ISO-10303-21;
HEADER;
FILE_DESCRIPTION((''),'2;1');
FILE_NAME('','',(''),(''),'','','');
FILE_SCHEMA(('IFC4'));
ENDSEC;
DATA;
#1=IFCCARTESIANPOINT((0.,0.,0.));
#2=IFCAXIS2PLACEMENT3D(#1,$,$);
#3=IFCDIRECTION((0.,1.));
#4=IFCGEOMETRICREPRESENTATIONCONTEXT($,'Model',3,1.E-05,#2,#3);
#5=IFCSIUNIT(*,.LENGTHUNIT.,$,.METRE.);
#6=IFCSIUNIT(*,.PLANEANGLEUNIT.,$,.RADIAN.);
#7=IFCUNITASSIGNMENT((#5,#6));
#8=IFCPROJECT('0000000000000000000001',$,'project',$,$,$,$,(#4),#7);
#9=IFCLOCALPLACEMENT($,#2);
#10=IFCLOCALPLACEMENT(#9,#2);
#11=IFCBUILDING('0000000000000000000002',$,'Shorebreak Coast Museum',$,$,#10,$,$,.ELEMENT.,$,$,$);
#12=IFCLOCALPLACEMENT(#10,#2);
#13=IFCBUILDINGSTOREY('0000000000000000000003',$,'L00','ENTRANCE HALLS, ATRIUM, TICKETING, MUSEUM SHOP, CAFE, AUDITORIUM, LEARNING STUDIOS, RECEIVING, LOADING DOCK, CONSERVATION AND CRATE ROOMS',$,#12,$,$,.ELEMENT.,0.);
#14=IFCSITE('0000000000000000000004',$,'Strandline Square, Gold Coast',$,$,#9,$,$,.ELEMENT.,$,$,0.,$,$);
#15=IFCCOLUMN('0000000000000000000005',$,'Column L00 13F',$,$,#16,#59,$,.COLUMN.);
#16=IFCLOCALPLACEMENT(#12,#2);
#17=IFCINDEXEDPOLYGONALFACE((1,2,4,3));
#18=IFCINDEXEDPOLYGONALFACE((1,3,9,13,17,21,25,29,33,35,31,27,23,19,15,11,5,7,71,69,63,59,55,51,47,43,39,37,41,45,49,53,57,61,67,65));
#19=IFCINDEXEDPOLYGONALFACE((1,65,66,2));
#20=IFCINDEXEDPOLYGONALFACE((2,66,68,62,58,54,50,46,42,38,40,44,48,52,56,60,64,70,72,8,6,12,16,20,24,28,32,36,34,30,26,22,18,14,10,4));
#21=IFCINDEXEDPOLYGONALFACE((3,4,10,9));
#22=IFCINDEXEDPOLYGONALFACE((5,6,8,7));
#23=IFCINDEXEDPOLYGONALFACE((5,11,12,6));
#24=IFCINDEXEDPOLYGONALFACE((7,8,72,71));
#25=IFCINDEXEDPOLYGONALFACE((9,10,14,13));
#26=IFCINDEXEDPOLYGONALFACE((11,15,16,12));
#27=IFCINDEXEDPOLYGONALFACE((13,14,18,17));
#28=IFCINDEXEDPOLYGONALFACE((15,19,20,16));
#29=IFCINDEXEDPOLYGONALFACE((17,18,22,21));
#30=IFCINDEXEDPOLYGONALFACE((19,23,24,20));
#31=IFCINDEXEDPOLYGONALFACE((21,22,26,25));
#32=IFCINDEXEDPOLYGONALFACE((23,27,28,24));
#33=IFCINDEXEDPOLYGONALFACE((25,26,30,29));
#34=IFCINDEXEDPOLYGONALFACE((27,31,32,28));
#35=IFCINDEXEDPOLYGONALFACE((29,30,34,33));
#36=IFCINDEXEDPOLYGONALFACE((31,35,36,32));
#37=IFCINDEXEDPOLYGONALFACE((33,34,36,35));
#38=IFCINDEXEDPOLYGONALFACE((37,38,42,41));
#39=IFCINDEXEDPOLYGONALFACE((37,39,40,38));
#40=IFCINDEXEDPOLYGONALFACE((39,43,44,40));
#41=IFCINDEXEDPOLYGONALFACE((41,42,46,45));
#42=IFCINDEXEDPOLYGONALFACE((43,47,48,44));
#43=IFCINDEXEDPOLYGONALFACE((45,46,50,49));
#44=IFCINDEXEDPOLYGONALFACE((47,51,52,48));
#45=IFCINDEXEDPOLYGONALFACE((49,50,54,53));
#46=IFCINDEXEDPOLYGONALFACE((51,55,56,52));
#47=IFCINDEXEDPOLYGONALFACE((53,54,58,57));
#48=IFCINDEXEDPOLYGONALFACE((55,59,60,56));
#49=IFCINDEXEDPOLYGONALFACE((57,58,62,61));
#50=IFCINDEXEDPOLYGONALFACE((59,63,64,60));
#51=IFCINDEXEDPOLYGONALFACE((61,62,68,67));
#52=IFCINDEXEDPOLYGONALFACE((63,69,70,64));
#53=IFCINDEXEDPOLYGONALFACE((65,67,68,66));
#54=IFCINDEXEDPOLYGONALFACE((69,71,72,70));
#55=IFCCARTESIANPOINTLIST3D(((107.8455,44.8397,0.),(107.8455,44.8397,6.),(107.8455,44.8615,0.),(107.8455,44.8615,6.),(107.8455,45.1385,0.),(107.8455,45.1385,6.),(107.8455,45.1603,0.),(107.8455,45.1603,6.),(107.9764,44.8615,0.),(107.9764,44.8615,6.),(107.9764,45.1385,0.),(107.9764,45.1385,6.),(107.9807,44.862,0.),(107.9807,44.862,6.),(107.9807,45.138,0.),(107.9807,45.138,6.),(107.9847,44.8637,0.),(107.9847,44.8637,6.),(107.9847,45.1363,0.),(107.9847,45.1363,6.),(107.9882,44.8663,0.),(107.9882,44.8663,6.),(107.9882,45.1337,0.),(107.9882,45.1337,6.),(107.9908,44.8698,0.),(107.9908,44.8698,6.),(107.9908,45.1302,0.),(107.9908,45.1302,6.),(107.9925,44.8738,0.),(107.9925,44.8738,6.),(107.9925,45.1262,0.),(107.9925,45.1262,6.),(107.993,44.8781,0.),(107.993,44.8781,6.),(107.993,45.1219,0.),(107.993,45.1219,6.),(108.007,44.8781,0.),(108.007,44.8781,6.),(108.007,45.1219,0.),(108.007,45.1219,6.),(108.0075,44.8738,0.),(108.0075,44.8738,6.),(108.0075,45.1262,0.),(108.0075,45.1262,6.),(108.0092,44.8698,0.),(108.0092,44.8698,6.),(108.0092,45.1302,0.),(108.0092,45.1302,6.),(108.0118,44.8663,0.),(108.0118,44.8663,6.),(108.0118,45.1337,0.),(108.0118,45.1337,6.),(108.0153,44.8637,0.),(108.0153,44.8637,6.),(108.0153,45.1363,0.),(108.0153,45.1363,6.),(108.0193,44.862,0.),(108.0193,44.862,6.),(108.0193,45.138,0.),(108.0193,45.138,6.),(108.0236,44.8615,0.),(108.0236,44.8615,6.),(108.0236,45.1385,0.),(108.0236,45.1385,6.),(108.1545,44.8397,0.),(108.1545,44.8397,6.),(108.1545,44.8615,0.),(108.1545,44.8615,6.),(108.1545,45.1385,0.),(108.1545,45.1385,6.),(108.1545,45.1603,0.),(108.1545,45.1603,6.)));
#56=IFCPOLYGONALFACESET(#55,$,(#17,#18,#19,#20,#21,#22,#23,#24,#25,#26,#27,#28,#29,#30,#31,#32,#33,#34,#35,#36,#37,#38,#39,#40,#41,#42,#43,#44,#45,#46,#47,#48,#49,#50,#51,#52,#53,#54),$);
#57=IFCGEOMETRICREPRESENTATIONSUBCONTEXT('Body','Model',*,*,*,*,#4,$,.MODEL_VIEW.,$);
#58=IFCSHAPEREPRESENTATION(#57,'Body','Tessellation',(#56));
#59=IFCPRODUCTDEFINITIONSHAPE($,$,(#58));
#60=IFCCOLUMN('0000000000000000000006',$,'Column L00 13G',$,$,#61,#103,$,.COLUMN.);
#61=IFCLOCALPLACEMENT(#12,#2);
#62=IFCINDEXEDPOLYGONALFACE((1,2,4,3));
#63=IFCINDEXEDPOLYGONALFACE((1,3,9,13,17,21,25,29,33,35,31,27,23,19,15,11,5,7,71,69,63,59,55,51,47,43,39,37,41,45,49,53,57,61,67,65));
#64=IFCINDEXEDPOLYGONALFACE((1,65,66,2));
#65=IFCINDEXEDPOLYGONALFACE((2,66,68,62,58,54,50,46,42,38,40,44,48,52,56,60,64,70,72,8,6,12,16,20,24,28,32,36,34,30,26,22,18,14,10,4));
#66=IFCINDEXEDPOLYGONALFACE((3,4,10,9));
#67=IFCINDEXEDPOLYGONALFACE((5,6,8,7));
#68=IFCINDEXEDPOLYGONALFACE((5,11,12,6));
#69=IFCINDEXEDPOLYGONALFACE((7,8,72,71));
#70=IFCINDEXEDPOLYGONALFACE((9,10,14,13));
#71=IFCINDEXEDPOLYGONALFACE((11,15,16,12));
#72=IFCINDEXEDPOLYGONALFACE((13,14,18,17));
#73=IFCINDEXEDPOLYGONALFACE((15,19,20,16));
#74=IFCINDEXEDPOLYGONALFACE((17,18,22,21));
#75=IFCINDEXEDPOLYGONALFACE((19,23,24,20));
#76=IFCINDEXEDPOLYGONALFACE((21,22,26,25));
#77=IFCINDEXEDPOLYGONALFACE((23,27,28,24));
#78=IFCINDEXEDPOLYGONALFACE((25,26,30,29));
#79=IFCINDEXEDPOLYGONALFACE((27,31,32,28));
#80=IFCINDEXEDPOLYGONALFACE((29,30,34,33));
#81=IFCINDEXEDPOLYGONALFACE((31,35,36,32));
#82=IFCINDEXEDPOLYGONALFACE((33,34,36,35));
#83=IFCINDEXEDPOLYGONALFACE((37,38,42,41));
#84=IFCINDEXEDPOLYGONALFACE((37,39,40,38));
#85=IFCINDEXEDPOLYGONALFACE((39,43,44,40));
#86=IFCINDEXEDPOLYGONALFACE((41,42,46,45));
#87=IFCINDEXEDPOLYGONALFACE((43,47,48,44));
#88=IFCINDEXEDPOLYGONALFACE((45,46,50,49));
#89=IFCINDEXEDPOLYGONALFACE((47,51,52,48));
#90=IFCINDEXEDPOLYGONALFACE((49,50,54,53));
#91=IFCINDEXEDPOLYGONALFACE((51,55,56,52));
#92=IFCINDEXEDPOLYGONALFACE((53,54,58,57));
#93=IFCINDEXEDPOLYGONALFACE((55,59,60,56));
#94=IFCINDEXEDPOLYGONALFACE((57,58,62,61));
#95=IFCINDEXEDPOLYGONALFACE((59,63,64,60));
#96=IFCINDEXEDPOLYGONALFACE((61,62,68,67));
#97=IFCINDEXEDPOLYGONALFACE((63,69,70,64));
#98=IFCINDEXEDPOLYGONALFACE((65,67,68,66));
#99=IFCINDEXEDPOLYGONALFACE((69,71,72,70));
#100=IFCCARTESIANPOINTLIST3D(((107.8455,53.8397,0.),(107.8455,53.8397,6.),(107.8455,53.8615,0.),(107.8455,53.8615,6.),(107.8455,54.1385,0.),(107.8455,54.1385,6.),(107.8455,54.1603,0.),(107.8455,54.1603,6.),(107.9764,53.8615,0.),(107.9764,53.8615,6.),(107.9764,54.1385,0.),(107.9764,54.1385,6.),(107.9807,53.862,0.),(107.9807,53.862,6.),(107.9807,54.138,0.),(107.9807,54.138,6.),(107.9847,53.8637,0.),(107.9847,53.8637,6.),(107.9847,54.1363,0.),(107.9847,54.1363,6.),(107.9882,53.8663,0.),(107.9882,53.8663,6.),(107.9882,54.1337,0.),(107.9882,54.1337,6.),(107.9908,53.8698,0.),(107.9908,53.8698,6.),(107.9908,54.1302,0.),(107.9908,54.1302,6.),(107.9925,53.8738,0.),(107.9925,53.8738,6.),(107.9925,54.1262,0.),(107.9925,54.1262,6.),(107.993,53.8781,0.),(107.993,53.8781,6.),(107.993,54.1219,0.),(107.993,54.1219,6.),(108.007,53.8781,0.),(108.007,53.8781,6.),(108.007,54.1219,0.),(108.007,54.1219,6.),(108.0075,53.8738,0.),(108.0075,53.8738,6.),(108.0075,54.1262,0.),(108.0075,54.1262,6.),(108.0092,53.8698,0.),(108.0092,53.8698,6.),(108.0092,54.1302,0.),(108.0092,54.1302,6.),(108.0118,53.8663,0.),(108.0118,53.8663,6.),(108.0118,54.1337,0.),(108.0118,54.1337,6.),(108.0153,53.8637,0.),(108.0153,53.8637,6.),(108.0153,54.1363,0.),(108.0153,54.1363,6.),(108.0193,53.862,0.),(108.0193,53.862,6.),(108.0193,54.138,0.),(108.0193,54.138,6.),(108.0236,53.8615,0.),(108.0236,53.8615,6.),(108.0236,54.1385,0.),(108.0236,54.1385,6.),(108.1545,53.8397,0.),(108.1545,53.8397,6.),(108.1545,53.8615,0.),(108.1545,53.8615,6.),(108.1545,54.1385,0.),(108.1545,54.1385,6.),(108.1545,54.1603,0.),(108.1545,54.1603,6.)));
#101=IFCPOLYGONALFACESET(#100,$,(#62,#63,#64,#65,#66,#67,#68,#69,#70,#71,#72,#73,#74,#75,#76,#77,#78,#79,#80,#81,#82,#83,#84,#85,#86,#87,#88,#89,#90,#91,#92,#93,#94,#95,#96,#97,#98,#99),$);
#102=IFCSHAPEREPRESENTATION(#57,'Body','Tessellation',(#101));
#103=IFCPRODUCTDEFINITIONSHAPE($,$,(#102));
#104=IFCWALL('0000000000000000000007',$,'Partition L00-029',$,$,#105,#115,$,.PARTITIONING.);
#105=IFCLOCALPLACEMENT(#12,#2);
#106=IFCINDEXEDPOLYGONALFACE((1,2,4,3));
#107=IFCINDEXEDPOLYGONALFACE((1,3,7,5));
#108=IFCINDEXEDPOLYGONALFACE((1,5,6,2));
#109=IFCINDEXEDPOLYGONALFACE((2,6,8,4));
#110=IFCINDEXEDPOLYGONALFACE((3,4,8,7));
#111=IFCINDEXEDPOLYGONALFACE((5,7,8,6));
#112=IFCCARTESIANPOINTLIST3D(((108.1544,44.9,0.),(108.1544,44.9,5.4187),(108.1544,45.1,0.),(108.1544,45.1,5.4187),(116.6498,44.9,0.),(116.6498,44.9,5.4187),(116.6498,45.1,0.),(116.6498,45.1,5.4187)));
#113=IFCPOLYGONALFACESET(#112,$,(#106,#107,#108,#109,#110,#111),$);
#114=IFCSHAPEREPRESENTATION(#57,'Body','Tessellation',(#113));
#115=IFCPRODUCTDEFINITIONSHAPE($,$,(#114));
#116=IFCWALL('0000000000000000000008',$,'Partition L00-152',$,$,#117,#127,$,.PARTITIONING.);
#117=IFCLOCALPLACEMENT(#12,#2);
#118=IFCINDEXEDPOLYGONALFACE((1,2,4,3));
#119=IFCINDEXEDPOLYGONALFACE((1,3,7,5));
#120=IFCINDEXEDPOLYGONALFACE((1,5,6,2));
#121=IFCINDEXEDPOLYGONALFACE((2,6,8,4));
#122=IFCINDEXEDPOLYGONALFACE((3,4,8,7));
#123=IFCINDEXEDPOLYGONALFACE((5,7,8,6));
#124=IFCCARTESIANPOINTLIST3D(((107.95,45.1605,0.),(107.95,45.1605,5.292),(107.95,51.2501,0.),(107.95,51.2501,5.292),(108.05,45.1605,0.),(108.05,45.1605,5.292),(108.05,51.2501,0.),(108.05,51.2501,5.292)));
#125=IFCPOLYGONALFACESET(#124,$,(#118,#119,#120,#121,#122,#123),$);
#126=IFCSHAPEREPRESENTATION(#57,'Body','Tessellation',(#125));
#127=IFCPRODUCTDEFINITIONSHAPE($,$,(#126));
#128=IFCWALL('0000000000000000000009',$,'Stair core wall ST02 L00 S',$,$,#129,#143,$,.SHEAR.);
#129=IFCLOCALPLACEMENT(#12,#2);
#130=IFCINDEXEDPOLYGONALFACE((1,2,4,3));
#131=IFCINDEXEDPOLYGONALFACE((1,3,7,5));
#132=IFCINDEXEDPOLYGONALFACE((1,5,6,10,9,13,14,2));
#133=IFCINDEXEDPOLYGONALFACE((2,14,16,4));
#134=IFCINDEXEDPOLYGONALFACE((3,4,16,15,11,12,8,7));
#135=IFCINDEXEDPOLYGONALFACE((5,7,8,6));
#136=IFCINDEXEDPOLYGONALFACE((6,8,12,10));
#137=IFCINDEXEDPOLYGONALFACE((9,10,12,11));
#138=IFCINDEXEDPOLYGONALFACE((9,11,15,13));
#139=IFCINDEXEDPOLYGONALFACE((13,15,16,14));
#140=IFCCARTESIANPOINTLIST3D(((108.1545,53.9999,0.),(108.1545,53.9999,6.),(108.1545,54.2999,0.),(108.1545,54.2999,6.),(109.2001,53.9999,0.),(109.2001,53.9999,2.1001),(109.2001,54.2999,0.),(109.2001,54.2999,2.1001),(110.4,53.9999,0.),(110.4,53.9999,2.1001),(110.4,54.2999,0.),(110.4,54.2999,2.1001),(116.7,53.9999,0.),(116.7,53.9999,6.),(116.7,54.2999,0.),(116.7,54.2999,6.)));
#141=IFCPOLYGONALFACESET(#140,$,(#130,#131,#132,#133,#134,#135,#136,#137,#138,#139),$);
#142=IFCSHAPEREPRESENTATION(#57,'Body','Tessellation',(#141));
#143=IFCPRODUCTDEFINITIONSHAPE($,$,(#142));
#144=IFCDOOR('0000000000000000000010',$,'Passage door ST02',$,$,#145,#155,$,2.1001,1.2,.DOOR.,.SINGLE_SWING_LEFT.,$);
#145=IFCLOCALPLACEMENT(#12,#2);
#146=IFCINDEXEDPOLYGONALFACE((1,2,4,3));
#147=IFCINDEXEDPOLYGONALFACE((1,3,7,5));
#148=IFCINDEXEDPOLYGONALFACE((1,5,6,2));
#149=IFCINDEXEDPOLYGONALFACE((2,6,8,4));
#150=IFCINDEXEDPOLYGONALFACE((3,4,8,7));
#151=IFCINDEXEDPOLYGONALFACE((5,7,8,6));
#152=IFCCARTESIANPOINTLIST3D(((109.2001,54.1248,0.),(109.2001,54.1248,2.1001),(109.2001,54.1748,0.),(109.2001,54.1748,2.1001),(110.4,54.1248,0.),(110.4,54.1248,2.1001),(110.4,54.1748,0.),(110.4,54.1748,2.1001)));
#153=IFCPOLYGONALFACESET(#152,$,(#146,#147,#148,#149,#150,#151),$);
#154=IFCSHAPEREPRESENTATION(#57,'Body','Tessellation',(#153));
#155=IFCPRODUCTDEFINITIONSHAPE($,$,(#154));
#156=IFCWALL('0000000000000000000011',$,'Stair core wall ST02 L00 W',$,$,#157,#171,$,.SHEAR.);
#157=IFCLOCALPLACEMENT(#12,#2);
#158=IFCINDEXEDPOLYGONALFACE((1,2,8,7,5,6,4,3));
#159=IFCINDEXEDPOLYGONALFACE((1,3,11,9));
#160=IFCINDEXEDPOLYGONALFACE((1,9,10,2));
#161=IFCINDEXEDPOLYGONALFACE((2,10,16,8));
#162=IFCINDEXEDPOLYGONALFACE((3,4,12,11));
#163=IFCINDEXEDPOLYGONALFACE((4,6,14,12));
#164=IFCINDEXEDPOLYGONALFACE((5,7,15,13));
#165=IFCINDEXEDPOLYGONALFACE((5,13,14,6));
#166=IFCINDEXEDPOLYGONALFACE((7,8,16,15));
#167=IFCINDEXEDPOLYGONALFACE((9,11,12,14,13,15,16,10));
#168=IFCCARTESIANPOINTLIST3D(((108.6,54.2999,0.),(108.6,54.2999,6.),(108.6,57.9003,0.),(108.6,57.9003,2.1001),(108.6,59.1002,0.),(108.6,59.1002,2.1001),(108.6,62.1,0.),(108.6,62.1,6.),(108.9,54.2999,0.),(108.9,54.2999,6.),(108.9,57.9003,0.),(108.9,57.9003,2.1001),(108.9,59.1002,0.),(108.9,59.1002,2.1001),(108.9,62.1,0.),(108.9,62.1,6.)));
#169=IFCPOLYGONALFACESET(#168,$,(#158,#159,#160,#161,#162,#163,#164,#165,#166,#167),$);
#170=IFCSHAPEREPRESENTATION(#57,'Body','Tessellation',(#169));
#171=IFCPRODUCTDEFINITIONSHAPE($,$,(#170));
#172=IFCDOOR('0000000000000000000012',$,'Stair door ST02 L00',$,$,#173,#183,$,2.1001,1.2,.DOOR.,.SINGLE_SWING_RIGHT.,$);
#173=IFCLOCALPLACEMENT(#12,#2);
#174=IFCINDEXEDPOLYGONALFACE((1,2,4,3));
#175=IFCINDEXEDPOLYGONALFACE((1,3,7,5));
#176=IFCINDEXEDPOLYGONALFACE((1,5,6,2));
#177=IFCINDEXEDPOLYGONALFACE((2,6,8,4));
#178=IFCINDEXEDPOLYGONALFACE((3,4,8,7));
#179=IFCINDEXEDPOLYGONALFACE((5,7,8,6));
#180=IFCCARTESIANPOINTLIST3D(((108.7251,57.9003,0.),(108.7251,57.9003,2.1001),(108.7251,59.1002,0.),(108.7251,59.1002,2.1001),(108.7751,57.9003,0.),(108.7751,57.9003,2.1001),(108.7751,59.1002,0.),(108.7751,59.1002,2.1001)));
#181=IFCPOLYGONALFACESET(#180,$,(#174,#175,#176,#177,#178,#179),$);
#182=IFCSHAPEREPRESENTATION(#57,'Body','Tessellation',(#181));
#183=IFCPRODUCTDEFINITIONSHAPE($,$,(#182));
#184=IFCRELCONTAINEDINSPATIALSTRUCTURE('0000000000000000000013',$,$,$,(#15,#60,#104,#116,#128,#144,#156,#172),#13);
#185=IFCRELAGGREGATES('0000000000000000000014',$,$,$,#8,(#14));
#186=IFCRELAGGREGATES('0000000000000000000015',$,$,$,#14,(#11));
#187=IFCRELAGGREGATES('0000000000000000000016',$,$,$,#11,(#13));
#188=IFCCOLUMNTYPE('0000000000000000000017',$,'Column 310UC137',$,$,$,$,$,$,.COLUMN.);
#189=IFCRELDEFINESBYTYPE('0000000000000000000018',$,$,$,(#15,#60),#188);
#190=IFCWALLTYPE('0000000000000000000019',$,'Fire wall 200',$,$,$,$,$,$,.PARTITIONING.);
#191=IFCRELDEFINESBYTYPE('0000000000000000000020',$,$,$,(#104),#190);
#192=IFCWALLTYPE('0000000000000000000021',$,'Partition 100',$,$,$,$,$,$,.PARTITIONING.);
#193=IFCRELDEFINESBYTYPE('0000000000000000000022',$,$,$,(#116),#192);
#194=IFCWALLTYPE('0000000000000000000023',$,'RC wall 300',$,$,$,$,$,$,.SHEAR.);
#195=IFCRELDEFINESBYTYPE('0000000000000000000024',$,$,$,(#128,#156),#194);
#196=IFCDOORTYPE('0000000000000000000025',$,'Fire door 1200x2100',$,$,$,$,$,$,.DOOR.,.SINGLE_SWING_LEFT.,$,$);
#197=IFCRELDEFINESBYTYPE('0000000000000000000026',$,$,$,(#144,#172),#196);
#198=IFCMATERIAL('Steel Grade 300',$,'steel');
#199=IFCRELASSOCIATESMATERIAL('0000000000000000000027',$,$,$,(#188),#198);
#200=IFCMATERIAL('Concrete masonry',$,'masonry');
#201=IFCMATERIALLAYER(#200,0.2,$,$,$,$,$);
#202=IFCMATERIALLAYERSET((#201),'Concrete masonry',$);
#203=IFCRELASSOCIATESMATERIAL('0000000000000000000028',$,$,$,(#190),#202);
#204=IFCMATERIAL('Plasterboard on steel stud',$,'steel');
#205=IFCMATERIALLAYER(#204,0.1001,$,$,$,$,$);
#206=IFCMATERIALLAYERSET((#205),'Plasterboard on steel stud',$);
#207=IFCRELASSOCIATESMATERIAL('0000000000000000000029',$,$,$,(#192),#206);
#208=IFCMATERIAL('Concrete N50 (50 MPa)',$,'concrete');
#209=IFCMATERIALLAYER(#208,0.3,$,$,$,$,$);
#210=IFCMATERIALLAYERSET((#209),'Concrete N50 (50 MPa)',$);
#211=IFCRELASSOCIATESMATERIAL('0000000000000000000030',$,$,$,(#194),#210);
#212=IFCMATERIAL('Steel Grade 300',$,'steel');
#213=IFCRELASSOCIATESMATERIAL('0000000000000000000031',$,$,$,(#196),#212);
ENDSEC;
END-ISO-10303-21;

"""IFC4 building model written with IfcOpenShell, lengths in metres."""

from ifc_helpers import new_model, si_unit, direction, frame, frame_2d, origin, origin_2d, place, context, subcontext, project, spatial, rectangle, i_section, extrude, material, layer, layer_set, material_profile, profile_set, type_object, element, fill, save


model = new_model("IFC4")

# Units and contexts
model_context = context("Model", 3, precision=1e-05, world=origin(), true_north=direction((0.0, 1.0)))
body_context = subcontext(model_context, "Body", "Model", "MODEL_VIEW")
ifc_project = project(units=[si_unit("LENGTHUNIT", "METRE"), si_unit("PLANEANGLEUNIT", "RADIAN")], contexts=[model_context])

# Site, building, storey
site_placement = place(None, origin())
site = spatial("IfcSite", under=ifc_project, at=site_placement, Name="Strandline Square, Gold Coast", CompositionType="ELEMENT", RefElevation=0.0)
building_placement = place(site_placement, origin())
building = spatial("IfcBuilding", under=site, at=building_placement, Name="Shorebreak Coast Museum", CompositionType="ELEMENT")
storey_placement = place(building_placement, origin())
storey = spatial("IfcBuildingStorey", under=building, at=storey_placement, Name="L00", Description="ENTRANCE HALLS, ATRIUM, TICKETING, MUSEUM SHOP, CAFE, AUDITORIUM, LEARNING STUDIOS, RECEIVING, LOADING DOCK, CONSERVATION AND CRATE ROOMS", CompositionType="ELEMENT", Elevation=0.0)

# Columns
ifc_material_1 = material(Name="Steel Grade 300", Category="steel")
ifc_material_profile_1 = material_profile(ifc_material_1, i_section(OverallWidth=0.3091, OverallDepth=0.3206, WebThickness=0.0139, FlangeThickness=0.0217, FilletRadius=0.0166, at=origin_2d()), Name="310UC137")
ifc_profile_set_1 = profile_set([ifc_material_profile_1], Name="Steel Grade 300")
column_type = type_object("IfcColumnType", Name="Column 310UC137", PredefinedType="COLUMN", material=ifc_profile_set_1)
for number, where, z_axis, x_axis, name in (
    (1, (108.0, 45.0, 0.0), (0.0, 0.0, 1.0), (1.0, 0.0, 0.0), "Column L00 13F"),
    (2, (108.0, 54.0, 0.0), (0.0, 0.0, 1.0), (1.0, 0.0, 0.0), "Column L00 13G"),
):
    element("IfcColumn", number, at=place(storey_placement, frame(where, z_axis=z_axis, x_axis=x_axis)), inside=storey, type_object=column_type, Name=name, PredefinedType="COLUMN", context=body_context, shape_type="SweptSolid", body=[
        extrude(i_section(OverallWidth=0.3091, OverallDepth=0.3206, WebThickness=0.0139, FlangeThickness=0.0217, FilletRadius=0.0166, at=origin_2d()), origin(), (0.0, 0.0, 1.0), 6.0),
    ])

# Walls
ifc_material_2 = material(Name="Concrete masonry", Category="masonry")
ifc_layer_1 = layer(ifc_material_2, 0.2)
ifc_layer_set_1 = layer_set([ifc_layer_1], Name="Concrete masonry")
wall_type_1 = type_object("IfcWallType", Name="Fire wall 200", PredefinedType="PARTITIONING", material=ifc_layer_set_1)
wall_1_placement = place(storey_placement, frame((108.1545, 45.0, 0.0), z_axis=(0.0, 0.0, 1.0), x_axis=(1.0, 0.0, 0.0)))
element("IfcWall", 3, at=wall_1_placement, inside=storey, type_object=wall_type_1, Name="Partition L00-029", PredefinedType="PARTITIONING", context=body_context, shape_type="SweptSolid", body=[
    extrude(rectangle(XDim=8.4954, YDim=0.2, at=frame_2d((4.2476, 0.0))), origin(), (0.0, 0.0, 1.0), 5.4187),
])
ifc_material_3 = material(Name="Plasterboard on steel stud", Category="steel")
ifc_layer_2 = layer(ifc_material_3, 0.1001)
ifc_layer_set_2 = layer_set([ifc_layer_2], Name="Plasterboard on steel stud")
wall_type_2 = type_object("IfcWallType", Name="Partition 100", PredefinedType="PARTITIONING", material=ifc_layer_set_2)
wall_2_placement = place(storey_placement, frame((108.0, 45.1604, 0.0), z_axis=(0.0, 0.0, 1.0), x_axis=(0.0, 1.0, 0.0)))
element("IfcWall", 4, at=wall_2_placement, inside=storey, type_object=wall_type_2, Name="Partition L00-152", PredefinedType="PARTITIONING", context=body_context, shape_type="SweptSolid", body=[
    extrude(rectangle(XDim=6.0896, YDim=0.1001, at=frame_2d((3.0449, 0.0))), origin(), (0.0, 0.0, 1.0), 5.292),
])

# Walls, openings, doors
ifc_material_4 = material(Name="Concrete N50 (50 MPa)", Category="concrete")
ifc_layer_3 = layer(ifc_material_4, 0.3)
ifc_layer_set_3 = layer_set([ifc_layer_3], Name="Concrete N50 (50 MPa)")
wall_type_3 = type_object("IfcWallType", Name="RC wall 300", PredefinedType="SHEAR", material=ifc_layer_set_3)
wall_3_placement = place(storey_placement, frame((108.1545, 54.1499, 0.0), z_axis=(0.0, 0.0, 1.0), x_axis=(1.0, 0.0, 0.0)))
wall_3 = element("IfcWall", 5, at=wall_3_placement, inside=storey, type_object=wall_type_3, Name="Stair core wall ST02 L00 S", PredefinedType="SHEAR", context=body_context, shape_type="SweptSolid", body=[
    extrude(rectangle(XDim=8.5454, YDim=0.3, at=frame_2d((4.2727, 0.0))), origin(), (0.0, 0.0, 1.0), 6.0),
])
opening_1_placement = place(wall_3_placement, frame((1.0454, 0.0, 0.0)))
opening_1 = element("IfcOpeningElement", 6, at=opening_1_placement, cuts=wall_3, PredefinedType="OPENING", context=body_context, shape_type="SweptSolid", body=[
    extrude(rectangle(XDim=1.2, YDim=2.1001, at=frame_2d((0.6001, 1.05))), frame((0.0, 0.1599, 0.0), z_axis=(0.0, -1.0, 0.0), x_axis=(1.0, 0.0, 0.0)), (0.0, 0.0, 1.0), 0.3201),
])
ifc_material_5 = material(Name="Steel Grade 300", Category="steel")
door_type = type_object("IfcDoorType", Name="Fire door 1200x2100", OperationType="SINGLE_SWING_LEFT", PredefinedType="DOOR", material=ifc_material_5)
door_1_placement = place(opening_1_placement, origin())
door_1 = element("IfcDoor", 7, at=door_1_placement, inside=storey, type_object=door_type, Name="Passage door ST02", OperationType="SINGLE_SWING_LEFT", OverallHeight=2.1001, OverallWidth=1.2, PredefinedType="DOOR", context=body_context, shape_type="SweptSolid", body=[
    extrude(rectangle(XDim=1.2, YDim=2.1001, at=frame_2d((0.6001, 1.05))), frame((0.0, 0.0249, 0.0), z_axis=(0.0, -1.0, 0.0), x_axis=(1.0, 0.0, 0.0)), (0.0, 0.0, 1.0), 0.05),
])
fill(opening_1, door_1)
wall_4_placement = place(storey_placement, frame((108.75, 54.3, 0.0), z_axis=(0.0, 0.0, 1.0), x_axis=(0.0, 1.0, 0.0)))
wall_4 = element("IfcWall", 8, at=wall_4_placement, inside=storey, type_object=wall_type_3, Name="Stair core wall ST02 L00 W", PredefinedType="SHEAR", context=body_context, shape_type="SweptSolid", body=[
    extrude(rectangle(XDim=7.8, YDim=0.3, at=frame_2d((3.8999, 0.0))), origin(), (0.0, 0.0, 1.0), 6.0),
])
opening_2_placement = place(wall_4_placement, frame((3.6001, 0.0, 0.0)))
opening_2 = element("IfcOpeningElement", 9, at=opening_2_placement, cuts=wall_4, PredefinedType="OPENING", context=body_context, shape_type="SweptSolid", body=[
    extrude(rectangle(XDim=1.2, YDim=2.1001, at=frame_2d((0.6001, 1.05))), frame((0.0, 0.1599, 0.0), z_axis=(0.0, -1.0, 0.0), x_axis=(1.0, 0.0, 0.0)), (0.0, 0.0, 1.0), 0.3201),
])
door_2_placement = place(opening_2_placement, origin())
door_2 = element("IfcDoor", 10, at=door_2_placement, inside=storey, type_object=door_type, Name="Stair door ST02 L00", OperationType="SINGLE_SWING_RIGHT", OverallHeight=2.1001, OverallWidth=1.2, PredefinedType="DOOR", context=body_context, shape_type="SweptSolid", body=[
    extrude(rectangle(XDim=1.2, YDim=2.1001, at=frame_2d((0.6001, 1.05))), frame((0.0, 0.0249, 0.0), z_axis=(0.0, -1.0, 0.0), x_axis=(1.0, 0.0, 0.0)), (0.0, 0.0, 1.0), 0.05),
])
fill(opening_2, door_2)

save(model, "model.ifc")
